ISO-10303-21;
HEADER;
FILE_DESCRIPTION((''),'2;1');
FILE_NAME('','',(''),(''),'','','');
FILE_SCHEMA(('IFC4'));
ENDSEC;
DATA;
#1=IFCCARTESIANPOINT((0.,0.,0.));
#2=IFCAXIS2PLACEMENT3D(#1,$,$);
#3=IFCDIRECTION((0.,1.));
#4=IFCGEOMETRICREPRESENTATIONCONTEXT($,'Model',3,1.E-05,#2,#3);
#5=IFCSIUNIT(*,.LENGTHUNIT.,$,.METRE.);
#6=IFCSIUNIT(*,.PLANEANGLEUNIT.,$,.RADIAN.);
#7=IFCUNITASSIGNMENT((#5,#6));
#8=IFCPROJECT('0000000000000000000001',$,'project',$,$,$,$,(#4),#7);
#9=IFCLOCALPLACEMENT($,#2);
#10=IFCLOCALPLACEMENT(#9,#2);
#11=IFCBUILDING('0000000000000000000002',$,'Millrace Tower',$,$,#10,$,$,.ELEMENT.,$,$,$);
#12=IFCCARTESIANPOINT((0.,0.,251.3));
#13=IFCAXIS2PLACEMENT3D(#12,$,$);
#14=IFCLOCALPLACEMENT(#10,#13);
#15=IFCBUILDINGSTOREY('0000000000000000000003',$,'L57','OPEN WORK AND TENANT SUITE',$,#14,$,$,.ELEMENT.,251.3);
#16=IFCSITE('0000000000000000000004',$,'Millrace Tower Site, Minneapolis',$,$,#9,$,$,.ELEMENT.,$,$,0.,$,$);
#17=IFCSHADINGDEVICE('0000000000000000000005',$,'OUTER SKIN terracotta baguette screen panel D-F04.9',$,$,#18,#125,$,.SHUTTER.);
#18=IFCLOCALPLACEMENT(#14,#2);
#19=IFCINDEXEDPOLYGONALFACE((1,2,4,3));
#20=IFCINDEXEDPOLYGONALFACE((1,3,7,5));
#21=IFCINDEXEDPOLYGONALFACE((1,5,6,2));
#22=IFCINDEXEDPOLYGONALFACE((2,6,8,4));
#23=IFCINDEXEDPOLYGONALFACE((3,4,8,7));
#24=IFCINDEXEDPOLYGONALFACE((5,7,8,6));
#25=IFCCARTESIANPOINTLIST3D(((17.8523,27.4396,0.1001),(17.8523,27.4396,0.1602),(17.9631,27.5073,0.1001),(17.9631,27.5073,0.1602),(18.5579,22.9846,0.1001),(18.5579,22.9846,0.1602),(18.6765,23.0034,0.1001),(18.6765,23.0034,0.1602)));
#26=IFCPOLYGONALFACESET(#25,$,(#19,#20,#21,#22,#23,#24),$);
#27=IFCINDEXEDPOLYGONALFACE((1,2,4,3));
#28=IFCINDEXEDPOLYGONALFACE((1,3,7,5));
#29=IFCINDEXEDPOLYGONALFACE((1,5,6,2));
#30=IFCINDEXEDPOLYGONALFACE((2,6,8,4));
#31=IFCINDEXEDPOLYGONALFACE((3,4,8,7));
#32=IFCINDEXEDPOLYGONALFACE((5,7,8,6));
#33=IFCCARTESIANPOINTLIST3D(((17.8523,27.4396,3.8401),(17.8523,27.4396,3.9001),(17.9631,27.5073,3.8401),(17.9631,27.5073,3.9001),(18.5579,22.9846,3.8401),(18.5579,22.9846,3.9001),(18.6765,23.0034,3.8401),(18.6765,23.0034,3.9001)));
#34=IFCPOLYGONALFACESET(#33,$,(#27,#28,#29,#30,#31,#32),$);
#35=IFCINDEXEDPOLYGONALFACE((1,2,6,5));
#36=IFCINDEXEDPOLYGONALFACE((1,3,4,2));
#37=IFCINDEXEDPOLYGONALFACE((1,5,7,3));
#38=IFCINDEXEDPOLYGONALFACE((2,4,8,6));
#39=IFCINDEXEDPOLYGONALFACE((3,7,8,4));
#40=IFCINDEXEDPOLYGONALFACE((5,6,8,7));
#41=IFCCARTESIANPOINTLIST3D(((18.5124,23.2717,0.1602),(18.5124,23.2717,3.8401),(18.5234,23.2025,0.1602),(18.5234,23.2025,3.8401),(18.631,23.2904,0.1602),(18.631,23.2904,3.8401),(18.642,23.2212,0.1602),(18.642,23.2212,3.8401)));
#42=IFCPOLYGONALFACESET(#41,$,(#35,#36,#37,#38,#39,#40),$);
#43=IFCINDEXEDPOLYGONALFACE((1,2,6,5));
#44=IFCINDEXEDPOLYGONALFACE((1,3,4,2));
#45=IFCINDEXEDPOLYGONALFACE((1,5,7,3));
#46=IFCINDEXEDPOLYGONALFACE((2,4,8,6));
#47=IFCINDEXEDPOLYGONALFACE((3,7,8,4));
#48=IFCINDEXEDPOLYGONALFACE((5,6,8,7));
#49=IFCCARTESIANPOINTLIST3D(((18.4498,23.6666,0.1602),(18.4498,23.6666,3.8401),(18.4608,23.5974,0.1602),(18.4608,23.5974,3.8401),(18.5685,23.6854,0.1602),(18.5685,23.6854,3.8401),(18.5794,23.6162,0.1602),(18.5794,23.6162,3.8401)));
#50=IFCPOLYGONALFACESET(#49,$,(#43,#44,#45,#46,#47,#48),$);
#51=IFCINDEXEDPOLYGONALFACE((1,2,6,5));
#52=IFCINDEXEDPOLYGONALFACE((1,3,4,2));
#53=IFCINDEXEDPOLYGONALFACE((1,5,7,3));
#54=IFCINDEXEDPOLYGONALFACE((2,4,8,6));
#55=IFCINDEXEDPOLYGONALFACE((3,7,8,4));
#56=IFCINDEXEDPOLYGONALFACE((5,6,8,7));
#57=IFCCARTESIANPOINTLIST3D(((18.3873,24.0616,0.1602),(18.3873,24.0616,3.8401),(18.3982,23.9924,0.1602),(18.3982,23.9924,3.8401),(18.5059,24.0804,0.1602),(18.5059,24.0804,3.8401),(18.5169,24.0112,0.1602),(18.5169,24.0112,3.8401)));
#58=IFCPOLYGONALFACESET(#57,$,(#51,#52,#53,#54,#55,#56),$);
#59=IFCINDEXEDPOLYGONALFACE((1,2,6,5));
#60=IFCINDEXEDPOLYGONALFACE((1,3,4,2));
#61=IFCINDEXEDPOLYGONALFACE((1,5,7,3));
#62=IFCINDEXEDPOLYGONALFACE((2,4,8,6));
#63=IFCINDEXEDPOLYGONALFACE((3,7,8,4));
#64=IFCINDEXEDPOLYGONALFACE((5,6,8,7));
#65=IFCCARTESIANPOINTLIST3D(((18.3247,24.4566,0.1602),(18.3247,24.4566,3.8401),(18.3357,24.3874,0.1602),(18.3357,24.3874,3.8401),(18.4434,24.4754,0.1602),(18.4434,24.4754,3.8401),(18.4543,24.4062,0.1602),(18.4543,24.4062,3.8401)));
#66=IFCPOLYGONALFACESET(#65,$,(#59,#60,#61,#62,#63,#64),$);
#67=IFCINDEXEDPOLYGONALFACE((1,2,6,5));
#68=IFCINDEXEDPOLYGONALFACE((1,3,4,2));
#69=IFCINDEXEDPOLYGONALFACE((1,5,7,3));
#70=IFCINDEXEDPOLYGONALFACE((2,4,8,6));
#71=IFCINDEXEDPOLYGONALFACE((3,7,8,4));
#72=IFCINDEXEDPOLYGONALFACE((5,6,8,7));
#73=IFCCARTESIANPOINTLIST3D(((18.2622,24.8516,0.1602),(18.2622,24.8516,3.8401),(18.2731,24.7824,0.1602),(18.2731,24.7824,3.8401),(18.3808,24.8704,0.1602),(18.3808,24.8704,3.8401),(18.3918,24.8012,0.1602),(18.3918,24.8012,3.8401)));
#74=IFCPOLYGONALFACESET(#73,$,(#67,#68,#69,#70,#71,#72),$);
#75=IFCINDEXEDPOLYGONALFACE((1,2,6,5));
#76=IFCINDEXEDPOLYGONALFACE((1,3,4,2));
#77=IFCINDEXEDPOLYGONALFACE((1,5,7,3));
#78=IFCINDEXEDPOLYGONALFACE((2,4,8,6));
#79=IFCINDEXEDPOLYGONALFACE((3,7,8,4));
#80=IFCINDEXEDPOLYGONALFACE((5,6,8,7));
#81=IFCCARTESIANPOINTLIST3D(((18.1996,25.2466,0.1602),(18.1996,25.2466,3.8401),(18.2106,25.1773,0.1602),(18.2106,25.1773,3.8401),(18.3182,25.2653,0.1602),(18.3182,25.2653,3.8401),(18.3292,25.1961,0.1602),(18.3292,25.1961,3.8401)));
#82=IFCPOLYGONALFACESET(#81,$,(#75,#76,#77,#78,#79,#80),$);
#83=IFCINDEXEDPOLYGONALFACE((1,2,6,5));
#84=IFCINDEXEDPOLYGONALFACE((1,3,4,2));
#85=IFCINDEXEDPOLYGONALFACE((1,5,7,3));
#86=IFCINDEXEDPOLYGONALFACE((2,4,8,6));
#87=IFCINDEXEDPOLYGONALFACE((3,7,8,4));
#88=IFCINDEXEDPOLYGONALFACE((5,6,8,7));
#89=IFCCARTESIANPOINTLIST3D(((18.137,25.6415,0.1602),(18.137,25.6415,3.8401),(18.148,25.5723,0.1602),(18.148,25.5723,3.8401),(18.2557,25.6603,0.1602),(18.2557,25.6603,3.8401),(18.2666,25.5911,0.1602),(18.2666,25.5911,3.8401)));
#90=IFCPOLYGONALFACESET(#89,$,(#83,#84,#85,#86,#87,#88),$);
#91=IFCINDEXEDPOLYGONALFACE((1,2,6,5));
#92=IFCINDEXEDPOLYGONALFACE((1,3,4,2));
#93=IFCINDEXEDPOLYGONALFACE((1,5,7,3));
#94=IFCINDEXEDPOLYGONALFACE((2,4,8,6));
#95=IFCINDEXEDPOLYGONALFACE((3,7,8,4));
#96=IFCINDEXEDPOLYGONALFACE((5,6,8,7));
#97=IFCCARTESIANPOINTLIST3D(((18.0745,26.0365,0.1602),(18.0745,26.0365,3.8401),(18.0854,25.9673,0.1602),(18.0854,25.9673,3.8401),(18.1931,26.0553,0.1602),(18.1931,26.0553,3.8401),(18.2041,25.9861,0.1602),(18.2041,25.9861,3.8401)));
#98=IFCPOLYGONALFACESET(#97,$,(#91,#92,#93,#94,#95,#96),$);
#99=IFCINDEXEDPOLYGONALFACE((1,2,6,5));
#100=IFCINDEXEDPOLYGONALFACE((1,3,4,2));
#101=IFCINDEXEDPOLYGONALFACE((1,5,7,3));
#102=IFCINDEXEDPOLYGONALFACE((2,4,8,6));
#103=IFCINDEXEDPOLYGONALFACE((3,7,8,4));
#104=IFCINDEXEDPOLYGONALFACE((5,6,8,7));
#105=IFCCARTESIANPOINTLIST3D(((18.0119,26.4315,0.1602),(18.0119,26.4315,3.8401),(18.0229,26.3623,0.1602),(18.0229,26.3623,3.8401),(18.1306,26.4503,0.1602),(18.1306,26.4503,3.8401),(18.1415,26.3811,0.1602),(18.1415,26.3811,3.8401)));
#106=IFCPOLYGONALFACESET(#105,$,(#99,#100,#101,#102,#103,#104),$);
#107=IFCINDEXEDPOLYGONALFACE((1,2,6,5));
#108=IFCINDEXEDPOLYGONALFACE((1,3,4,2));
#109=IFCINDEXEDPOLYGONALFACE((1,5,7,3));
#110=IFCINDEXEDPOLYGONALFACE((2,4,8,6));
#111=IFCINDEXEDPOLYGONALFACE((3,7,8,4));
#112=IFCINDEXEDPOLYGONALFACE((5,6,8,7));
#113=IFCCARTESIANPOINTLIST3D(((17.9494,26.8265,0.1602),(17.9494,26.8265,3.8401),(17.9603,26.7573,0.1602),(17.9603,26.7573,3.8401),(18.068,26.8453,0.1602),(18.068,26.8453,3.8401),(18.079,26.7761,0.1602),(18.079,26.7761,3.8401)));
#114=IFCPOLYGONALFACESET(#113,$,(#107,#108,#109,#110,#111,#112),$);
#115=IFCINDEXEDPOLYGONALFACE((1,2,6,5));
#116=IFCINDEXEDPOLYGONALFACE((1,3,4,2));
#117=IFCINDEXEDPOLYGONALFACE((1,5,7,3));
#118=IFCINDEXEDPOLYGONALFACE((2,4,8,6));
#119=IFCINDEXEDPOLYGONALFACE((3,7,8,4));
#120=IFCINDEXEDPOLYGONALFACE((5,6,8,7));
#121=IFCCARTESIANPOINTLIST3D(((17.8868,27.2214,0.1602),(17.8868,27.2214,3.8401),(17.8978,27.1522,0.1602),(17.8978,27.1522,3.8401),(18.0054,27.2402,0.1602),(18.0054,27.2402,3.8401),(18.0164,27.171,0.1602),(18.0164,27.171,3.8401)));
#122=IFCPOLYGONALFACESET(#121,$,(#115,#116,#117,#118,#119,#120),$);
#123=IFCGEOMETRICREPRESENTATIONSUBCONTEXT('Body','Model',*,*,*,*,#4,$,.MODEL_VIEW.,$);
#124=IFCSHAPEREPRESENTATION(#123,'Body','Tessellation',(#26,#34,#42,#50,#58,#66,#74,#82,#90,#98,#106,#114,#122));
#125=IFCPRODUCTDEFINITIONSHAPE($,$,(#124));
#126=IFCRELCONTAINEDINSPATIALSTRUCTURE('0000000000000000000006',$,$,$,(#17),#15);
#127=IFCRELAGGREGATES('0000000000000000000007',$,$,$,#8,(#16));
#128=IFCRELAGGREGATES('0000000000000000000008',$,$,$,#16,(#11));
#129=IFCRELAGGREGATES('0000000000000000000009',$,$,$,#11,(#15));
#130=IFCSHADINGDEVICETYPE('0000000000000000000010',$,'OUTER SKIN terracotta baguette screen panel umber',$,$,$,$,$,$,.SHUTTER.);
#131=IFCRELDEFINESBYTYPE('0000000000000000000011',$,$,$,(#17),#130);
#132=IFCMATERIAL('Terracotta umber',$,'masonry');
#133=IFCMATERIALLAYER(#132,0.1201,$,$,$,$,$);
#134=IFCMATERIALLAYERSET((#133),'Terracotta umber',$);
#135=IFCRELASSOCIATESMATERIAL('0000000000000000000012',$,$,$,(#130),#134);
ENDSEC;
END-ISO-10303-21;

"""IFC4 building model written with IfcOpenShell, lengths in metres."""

from ifc_helpers import new_model, entity, si_unit, direction, frame, frame_2d, origin, place, context, subcontext, project, spatial, rectangle, extrude, source, transform, mapped, material, layer, layer_set, type_object, element, save


model = new_model("IFC4")

# Units and contexts
model_context = context("Model", 3, precision=1e-05, world=origin(), true_north=direction((0.0, 1.0)))
body_context = subcontext(model_context, "Body", "Model", "MODEL_VIEW")
ifc_project = project(units=[si_unit("LENGTHUNIT", "METRE"), si_unit("PLANEANGLEUNIT", "RADIAN")], contexts=[model_context])

# Site, building, storey
site_placement = place(None, origin())
site = spatial("IfcSite", under=ifc_project, at=site_placement, Name="Millrace Tower Site, Minneapolis", CompositionType="ELEMENT", RefElevation=0.0)
building_placement = place(site_placement, origin())
building = spatial("IfcBuilding", under=site, at=building_placement, Name="Millrace Tower", CompositionType="ELEMENT")
storey_placement = place(building_placement, frame((0.0, 0.0, 251.3)))
storey = spatial("IfcBuildingStorey", under=building, at=storey_placement, Name="L57", Description="OPEN WORK AND TENANT SUITE", CompositionType="ELEMENT", Elevation=251.3)

# Shading device
ifc_material_1 = material(Name="Terracotta umber", Category="masonry")
ifc_layer_1 = layer(ifc_material_1, 0.1201)
ifc_layer_set_1 = layer_set([ifc_layer_1], Name="Terracotta umber")
shading_device_type = type_object("IfcShadingDeviceType", Name="OUTER SKIN terracotta baguette screen panel umber", PredefinedType="SHUTTER", material=ifc_layer_set_1)
cartesian_point_1 = entity("IfcCartesianPoint", [-2.2676, 0.0601])
shared_polyline_1 = entity("IfcPolyline", [cartesian_point_1, entity("IfcCartesianPoint", [2.2429, 0.0601]), entity("IfcCartesianPoint", [2.2925, -0.0601]), entity("IfcCartesianPoint", [-2.2676, -0.0601]), cartesian_point_1])
shared_shape_1 = source(origin(), body_context, "Body", "SweptSolid", [
    entity("IfcExtrudedAreaSolid", entity("IfcArbitraryClosedProfileDef", "AREA", None, shared_polyline_1), entity("IfcAxis2Placement3D", entity("IfcCartesianPoint", [0.0, 0.0, 0.0])), entity("IfcDirection", [0.0, 0.0, 1.0]), 0.0601),
    entity("IfcExtrudedAreaSolid", entity("IfcArbitraryClosedProfileDef", "AREA", None, shared_polyline_1), entity("IfcAxis2Placement3D", entity("IfcCartesianPoint", [0.0, 0.0, 3.74])), entity("IfcDirection", [0.0, 0.0, 1.0]), 0.0601),
    extrude(rectangle(XDim=0.0701, YDim=0.1201, at=frame_2d((-2.012, 0.0))), frame((0.0, 0.0, 0.0601)), (0.0, 0.0, 1.0), 3.6799),
    extrude(rectangle(XDim=0.0701, YDim=0.1201, at=frame_2d((-1.6121, 0.0))), frame((0.0, 0.0, 0.0601)), (0.0, 0.0, 1.0), 3.6799),
    extrude(rectangle(XDim=0.0701, YDim=0.1201, at=frame_2d((-1.2122, 0.0))), frame((0.0, 0.0, 0.0601)), (0.0, 0.0, 1.0), 3.6799),
    extrude(rectangle(XDim=0.0701, YDim=0.1201, at=frame_2d((-0.8123, 0.0))), frame((0.0, 0.0, 0.0601)), (0.0, 0.0, 1.0), 3.6799),
    extrude(rectangle(XDim=0.0701, YDim=0.1201, at=frame_2d((-0.4124, 0.0))), frame((0.0, 0.0, 0.0601)), (0.0, 0.0, 1.0), 3.6799),
    extrude(rectangle(XDim=0.0701, YDim=0.1201, at=frame_2d((-0.0125, 0.0))), frame((0.0, 0.0, 0.0601)), (0.0, 0.0, 1.0), 3.6799),
    extrude(rectangle(XDim=0.0701, YDim=0.1201, at=frame_2d((0.3875, 0.0))), frame((0.0, 0.0, 0.0601)), (0.0, 0.0, 1.0), 3.6799),
    extrude(rectangle(XDim=0.0701, YDim=0.1201, at=frame_2d((0.7874, 0.0))), frame((0.0, 0.0, 0.0601)), (0.0, 0.0, 1.0), 3.6799),
    extrude(rectangle(XDim=0.0701, YDim=0.1201, at=frame_2d((1.1873, 0.0))), frame((0.0, 0.0, 0.0601)), (0.0, 0.0, 1.0), 3.6799),
    extrude(rectangle(XDim=0.0701, YDim=0.1201, at=frame_2d((1.5872, 0.0))), frame((0.0, 0.0, 0.0601)), (0.0, 0.0, 1.0), 3.6799),
    extrude(rectangle(XDim=0.0701, YDim=0.1201, at=frame_2d((1.9871, 0.0))), frame((0.0, 0.0, 0.0601)), (0.0, 0.0, 1.0), 3.6799),
])
shading_device_placement = place(storey_placement, frame((18.2625, 25.2336, 0.1001), z_axis=(0.0, 0.0, 1.0), x_axis=(-0.156434, 0.987688, 0.0)))
element("IfcShadingDevice", 1, at=shading_device_placement, inside=storey, type_object=shading_device_type, Name="OUTER SKIN terracotta baguette screen panel D-F04.9", PredefinedType="SHUTTER", context=body_context, shape_type="MappedRepresentation", body=[
    mapped(shared_shape_1, transform((0.0, 0.0, 0.0), scale=1.0)),
])

save(model, "model.ifc")
